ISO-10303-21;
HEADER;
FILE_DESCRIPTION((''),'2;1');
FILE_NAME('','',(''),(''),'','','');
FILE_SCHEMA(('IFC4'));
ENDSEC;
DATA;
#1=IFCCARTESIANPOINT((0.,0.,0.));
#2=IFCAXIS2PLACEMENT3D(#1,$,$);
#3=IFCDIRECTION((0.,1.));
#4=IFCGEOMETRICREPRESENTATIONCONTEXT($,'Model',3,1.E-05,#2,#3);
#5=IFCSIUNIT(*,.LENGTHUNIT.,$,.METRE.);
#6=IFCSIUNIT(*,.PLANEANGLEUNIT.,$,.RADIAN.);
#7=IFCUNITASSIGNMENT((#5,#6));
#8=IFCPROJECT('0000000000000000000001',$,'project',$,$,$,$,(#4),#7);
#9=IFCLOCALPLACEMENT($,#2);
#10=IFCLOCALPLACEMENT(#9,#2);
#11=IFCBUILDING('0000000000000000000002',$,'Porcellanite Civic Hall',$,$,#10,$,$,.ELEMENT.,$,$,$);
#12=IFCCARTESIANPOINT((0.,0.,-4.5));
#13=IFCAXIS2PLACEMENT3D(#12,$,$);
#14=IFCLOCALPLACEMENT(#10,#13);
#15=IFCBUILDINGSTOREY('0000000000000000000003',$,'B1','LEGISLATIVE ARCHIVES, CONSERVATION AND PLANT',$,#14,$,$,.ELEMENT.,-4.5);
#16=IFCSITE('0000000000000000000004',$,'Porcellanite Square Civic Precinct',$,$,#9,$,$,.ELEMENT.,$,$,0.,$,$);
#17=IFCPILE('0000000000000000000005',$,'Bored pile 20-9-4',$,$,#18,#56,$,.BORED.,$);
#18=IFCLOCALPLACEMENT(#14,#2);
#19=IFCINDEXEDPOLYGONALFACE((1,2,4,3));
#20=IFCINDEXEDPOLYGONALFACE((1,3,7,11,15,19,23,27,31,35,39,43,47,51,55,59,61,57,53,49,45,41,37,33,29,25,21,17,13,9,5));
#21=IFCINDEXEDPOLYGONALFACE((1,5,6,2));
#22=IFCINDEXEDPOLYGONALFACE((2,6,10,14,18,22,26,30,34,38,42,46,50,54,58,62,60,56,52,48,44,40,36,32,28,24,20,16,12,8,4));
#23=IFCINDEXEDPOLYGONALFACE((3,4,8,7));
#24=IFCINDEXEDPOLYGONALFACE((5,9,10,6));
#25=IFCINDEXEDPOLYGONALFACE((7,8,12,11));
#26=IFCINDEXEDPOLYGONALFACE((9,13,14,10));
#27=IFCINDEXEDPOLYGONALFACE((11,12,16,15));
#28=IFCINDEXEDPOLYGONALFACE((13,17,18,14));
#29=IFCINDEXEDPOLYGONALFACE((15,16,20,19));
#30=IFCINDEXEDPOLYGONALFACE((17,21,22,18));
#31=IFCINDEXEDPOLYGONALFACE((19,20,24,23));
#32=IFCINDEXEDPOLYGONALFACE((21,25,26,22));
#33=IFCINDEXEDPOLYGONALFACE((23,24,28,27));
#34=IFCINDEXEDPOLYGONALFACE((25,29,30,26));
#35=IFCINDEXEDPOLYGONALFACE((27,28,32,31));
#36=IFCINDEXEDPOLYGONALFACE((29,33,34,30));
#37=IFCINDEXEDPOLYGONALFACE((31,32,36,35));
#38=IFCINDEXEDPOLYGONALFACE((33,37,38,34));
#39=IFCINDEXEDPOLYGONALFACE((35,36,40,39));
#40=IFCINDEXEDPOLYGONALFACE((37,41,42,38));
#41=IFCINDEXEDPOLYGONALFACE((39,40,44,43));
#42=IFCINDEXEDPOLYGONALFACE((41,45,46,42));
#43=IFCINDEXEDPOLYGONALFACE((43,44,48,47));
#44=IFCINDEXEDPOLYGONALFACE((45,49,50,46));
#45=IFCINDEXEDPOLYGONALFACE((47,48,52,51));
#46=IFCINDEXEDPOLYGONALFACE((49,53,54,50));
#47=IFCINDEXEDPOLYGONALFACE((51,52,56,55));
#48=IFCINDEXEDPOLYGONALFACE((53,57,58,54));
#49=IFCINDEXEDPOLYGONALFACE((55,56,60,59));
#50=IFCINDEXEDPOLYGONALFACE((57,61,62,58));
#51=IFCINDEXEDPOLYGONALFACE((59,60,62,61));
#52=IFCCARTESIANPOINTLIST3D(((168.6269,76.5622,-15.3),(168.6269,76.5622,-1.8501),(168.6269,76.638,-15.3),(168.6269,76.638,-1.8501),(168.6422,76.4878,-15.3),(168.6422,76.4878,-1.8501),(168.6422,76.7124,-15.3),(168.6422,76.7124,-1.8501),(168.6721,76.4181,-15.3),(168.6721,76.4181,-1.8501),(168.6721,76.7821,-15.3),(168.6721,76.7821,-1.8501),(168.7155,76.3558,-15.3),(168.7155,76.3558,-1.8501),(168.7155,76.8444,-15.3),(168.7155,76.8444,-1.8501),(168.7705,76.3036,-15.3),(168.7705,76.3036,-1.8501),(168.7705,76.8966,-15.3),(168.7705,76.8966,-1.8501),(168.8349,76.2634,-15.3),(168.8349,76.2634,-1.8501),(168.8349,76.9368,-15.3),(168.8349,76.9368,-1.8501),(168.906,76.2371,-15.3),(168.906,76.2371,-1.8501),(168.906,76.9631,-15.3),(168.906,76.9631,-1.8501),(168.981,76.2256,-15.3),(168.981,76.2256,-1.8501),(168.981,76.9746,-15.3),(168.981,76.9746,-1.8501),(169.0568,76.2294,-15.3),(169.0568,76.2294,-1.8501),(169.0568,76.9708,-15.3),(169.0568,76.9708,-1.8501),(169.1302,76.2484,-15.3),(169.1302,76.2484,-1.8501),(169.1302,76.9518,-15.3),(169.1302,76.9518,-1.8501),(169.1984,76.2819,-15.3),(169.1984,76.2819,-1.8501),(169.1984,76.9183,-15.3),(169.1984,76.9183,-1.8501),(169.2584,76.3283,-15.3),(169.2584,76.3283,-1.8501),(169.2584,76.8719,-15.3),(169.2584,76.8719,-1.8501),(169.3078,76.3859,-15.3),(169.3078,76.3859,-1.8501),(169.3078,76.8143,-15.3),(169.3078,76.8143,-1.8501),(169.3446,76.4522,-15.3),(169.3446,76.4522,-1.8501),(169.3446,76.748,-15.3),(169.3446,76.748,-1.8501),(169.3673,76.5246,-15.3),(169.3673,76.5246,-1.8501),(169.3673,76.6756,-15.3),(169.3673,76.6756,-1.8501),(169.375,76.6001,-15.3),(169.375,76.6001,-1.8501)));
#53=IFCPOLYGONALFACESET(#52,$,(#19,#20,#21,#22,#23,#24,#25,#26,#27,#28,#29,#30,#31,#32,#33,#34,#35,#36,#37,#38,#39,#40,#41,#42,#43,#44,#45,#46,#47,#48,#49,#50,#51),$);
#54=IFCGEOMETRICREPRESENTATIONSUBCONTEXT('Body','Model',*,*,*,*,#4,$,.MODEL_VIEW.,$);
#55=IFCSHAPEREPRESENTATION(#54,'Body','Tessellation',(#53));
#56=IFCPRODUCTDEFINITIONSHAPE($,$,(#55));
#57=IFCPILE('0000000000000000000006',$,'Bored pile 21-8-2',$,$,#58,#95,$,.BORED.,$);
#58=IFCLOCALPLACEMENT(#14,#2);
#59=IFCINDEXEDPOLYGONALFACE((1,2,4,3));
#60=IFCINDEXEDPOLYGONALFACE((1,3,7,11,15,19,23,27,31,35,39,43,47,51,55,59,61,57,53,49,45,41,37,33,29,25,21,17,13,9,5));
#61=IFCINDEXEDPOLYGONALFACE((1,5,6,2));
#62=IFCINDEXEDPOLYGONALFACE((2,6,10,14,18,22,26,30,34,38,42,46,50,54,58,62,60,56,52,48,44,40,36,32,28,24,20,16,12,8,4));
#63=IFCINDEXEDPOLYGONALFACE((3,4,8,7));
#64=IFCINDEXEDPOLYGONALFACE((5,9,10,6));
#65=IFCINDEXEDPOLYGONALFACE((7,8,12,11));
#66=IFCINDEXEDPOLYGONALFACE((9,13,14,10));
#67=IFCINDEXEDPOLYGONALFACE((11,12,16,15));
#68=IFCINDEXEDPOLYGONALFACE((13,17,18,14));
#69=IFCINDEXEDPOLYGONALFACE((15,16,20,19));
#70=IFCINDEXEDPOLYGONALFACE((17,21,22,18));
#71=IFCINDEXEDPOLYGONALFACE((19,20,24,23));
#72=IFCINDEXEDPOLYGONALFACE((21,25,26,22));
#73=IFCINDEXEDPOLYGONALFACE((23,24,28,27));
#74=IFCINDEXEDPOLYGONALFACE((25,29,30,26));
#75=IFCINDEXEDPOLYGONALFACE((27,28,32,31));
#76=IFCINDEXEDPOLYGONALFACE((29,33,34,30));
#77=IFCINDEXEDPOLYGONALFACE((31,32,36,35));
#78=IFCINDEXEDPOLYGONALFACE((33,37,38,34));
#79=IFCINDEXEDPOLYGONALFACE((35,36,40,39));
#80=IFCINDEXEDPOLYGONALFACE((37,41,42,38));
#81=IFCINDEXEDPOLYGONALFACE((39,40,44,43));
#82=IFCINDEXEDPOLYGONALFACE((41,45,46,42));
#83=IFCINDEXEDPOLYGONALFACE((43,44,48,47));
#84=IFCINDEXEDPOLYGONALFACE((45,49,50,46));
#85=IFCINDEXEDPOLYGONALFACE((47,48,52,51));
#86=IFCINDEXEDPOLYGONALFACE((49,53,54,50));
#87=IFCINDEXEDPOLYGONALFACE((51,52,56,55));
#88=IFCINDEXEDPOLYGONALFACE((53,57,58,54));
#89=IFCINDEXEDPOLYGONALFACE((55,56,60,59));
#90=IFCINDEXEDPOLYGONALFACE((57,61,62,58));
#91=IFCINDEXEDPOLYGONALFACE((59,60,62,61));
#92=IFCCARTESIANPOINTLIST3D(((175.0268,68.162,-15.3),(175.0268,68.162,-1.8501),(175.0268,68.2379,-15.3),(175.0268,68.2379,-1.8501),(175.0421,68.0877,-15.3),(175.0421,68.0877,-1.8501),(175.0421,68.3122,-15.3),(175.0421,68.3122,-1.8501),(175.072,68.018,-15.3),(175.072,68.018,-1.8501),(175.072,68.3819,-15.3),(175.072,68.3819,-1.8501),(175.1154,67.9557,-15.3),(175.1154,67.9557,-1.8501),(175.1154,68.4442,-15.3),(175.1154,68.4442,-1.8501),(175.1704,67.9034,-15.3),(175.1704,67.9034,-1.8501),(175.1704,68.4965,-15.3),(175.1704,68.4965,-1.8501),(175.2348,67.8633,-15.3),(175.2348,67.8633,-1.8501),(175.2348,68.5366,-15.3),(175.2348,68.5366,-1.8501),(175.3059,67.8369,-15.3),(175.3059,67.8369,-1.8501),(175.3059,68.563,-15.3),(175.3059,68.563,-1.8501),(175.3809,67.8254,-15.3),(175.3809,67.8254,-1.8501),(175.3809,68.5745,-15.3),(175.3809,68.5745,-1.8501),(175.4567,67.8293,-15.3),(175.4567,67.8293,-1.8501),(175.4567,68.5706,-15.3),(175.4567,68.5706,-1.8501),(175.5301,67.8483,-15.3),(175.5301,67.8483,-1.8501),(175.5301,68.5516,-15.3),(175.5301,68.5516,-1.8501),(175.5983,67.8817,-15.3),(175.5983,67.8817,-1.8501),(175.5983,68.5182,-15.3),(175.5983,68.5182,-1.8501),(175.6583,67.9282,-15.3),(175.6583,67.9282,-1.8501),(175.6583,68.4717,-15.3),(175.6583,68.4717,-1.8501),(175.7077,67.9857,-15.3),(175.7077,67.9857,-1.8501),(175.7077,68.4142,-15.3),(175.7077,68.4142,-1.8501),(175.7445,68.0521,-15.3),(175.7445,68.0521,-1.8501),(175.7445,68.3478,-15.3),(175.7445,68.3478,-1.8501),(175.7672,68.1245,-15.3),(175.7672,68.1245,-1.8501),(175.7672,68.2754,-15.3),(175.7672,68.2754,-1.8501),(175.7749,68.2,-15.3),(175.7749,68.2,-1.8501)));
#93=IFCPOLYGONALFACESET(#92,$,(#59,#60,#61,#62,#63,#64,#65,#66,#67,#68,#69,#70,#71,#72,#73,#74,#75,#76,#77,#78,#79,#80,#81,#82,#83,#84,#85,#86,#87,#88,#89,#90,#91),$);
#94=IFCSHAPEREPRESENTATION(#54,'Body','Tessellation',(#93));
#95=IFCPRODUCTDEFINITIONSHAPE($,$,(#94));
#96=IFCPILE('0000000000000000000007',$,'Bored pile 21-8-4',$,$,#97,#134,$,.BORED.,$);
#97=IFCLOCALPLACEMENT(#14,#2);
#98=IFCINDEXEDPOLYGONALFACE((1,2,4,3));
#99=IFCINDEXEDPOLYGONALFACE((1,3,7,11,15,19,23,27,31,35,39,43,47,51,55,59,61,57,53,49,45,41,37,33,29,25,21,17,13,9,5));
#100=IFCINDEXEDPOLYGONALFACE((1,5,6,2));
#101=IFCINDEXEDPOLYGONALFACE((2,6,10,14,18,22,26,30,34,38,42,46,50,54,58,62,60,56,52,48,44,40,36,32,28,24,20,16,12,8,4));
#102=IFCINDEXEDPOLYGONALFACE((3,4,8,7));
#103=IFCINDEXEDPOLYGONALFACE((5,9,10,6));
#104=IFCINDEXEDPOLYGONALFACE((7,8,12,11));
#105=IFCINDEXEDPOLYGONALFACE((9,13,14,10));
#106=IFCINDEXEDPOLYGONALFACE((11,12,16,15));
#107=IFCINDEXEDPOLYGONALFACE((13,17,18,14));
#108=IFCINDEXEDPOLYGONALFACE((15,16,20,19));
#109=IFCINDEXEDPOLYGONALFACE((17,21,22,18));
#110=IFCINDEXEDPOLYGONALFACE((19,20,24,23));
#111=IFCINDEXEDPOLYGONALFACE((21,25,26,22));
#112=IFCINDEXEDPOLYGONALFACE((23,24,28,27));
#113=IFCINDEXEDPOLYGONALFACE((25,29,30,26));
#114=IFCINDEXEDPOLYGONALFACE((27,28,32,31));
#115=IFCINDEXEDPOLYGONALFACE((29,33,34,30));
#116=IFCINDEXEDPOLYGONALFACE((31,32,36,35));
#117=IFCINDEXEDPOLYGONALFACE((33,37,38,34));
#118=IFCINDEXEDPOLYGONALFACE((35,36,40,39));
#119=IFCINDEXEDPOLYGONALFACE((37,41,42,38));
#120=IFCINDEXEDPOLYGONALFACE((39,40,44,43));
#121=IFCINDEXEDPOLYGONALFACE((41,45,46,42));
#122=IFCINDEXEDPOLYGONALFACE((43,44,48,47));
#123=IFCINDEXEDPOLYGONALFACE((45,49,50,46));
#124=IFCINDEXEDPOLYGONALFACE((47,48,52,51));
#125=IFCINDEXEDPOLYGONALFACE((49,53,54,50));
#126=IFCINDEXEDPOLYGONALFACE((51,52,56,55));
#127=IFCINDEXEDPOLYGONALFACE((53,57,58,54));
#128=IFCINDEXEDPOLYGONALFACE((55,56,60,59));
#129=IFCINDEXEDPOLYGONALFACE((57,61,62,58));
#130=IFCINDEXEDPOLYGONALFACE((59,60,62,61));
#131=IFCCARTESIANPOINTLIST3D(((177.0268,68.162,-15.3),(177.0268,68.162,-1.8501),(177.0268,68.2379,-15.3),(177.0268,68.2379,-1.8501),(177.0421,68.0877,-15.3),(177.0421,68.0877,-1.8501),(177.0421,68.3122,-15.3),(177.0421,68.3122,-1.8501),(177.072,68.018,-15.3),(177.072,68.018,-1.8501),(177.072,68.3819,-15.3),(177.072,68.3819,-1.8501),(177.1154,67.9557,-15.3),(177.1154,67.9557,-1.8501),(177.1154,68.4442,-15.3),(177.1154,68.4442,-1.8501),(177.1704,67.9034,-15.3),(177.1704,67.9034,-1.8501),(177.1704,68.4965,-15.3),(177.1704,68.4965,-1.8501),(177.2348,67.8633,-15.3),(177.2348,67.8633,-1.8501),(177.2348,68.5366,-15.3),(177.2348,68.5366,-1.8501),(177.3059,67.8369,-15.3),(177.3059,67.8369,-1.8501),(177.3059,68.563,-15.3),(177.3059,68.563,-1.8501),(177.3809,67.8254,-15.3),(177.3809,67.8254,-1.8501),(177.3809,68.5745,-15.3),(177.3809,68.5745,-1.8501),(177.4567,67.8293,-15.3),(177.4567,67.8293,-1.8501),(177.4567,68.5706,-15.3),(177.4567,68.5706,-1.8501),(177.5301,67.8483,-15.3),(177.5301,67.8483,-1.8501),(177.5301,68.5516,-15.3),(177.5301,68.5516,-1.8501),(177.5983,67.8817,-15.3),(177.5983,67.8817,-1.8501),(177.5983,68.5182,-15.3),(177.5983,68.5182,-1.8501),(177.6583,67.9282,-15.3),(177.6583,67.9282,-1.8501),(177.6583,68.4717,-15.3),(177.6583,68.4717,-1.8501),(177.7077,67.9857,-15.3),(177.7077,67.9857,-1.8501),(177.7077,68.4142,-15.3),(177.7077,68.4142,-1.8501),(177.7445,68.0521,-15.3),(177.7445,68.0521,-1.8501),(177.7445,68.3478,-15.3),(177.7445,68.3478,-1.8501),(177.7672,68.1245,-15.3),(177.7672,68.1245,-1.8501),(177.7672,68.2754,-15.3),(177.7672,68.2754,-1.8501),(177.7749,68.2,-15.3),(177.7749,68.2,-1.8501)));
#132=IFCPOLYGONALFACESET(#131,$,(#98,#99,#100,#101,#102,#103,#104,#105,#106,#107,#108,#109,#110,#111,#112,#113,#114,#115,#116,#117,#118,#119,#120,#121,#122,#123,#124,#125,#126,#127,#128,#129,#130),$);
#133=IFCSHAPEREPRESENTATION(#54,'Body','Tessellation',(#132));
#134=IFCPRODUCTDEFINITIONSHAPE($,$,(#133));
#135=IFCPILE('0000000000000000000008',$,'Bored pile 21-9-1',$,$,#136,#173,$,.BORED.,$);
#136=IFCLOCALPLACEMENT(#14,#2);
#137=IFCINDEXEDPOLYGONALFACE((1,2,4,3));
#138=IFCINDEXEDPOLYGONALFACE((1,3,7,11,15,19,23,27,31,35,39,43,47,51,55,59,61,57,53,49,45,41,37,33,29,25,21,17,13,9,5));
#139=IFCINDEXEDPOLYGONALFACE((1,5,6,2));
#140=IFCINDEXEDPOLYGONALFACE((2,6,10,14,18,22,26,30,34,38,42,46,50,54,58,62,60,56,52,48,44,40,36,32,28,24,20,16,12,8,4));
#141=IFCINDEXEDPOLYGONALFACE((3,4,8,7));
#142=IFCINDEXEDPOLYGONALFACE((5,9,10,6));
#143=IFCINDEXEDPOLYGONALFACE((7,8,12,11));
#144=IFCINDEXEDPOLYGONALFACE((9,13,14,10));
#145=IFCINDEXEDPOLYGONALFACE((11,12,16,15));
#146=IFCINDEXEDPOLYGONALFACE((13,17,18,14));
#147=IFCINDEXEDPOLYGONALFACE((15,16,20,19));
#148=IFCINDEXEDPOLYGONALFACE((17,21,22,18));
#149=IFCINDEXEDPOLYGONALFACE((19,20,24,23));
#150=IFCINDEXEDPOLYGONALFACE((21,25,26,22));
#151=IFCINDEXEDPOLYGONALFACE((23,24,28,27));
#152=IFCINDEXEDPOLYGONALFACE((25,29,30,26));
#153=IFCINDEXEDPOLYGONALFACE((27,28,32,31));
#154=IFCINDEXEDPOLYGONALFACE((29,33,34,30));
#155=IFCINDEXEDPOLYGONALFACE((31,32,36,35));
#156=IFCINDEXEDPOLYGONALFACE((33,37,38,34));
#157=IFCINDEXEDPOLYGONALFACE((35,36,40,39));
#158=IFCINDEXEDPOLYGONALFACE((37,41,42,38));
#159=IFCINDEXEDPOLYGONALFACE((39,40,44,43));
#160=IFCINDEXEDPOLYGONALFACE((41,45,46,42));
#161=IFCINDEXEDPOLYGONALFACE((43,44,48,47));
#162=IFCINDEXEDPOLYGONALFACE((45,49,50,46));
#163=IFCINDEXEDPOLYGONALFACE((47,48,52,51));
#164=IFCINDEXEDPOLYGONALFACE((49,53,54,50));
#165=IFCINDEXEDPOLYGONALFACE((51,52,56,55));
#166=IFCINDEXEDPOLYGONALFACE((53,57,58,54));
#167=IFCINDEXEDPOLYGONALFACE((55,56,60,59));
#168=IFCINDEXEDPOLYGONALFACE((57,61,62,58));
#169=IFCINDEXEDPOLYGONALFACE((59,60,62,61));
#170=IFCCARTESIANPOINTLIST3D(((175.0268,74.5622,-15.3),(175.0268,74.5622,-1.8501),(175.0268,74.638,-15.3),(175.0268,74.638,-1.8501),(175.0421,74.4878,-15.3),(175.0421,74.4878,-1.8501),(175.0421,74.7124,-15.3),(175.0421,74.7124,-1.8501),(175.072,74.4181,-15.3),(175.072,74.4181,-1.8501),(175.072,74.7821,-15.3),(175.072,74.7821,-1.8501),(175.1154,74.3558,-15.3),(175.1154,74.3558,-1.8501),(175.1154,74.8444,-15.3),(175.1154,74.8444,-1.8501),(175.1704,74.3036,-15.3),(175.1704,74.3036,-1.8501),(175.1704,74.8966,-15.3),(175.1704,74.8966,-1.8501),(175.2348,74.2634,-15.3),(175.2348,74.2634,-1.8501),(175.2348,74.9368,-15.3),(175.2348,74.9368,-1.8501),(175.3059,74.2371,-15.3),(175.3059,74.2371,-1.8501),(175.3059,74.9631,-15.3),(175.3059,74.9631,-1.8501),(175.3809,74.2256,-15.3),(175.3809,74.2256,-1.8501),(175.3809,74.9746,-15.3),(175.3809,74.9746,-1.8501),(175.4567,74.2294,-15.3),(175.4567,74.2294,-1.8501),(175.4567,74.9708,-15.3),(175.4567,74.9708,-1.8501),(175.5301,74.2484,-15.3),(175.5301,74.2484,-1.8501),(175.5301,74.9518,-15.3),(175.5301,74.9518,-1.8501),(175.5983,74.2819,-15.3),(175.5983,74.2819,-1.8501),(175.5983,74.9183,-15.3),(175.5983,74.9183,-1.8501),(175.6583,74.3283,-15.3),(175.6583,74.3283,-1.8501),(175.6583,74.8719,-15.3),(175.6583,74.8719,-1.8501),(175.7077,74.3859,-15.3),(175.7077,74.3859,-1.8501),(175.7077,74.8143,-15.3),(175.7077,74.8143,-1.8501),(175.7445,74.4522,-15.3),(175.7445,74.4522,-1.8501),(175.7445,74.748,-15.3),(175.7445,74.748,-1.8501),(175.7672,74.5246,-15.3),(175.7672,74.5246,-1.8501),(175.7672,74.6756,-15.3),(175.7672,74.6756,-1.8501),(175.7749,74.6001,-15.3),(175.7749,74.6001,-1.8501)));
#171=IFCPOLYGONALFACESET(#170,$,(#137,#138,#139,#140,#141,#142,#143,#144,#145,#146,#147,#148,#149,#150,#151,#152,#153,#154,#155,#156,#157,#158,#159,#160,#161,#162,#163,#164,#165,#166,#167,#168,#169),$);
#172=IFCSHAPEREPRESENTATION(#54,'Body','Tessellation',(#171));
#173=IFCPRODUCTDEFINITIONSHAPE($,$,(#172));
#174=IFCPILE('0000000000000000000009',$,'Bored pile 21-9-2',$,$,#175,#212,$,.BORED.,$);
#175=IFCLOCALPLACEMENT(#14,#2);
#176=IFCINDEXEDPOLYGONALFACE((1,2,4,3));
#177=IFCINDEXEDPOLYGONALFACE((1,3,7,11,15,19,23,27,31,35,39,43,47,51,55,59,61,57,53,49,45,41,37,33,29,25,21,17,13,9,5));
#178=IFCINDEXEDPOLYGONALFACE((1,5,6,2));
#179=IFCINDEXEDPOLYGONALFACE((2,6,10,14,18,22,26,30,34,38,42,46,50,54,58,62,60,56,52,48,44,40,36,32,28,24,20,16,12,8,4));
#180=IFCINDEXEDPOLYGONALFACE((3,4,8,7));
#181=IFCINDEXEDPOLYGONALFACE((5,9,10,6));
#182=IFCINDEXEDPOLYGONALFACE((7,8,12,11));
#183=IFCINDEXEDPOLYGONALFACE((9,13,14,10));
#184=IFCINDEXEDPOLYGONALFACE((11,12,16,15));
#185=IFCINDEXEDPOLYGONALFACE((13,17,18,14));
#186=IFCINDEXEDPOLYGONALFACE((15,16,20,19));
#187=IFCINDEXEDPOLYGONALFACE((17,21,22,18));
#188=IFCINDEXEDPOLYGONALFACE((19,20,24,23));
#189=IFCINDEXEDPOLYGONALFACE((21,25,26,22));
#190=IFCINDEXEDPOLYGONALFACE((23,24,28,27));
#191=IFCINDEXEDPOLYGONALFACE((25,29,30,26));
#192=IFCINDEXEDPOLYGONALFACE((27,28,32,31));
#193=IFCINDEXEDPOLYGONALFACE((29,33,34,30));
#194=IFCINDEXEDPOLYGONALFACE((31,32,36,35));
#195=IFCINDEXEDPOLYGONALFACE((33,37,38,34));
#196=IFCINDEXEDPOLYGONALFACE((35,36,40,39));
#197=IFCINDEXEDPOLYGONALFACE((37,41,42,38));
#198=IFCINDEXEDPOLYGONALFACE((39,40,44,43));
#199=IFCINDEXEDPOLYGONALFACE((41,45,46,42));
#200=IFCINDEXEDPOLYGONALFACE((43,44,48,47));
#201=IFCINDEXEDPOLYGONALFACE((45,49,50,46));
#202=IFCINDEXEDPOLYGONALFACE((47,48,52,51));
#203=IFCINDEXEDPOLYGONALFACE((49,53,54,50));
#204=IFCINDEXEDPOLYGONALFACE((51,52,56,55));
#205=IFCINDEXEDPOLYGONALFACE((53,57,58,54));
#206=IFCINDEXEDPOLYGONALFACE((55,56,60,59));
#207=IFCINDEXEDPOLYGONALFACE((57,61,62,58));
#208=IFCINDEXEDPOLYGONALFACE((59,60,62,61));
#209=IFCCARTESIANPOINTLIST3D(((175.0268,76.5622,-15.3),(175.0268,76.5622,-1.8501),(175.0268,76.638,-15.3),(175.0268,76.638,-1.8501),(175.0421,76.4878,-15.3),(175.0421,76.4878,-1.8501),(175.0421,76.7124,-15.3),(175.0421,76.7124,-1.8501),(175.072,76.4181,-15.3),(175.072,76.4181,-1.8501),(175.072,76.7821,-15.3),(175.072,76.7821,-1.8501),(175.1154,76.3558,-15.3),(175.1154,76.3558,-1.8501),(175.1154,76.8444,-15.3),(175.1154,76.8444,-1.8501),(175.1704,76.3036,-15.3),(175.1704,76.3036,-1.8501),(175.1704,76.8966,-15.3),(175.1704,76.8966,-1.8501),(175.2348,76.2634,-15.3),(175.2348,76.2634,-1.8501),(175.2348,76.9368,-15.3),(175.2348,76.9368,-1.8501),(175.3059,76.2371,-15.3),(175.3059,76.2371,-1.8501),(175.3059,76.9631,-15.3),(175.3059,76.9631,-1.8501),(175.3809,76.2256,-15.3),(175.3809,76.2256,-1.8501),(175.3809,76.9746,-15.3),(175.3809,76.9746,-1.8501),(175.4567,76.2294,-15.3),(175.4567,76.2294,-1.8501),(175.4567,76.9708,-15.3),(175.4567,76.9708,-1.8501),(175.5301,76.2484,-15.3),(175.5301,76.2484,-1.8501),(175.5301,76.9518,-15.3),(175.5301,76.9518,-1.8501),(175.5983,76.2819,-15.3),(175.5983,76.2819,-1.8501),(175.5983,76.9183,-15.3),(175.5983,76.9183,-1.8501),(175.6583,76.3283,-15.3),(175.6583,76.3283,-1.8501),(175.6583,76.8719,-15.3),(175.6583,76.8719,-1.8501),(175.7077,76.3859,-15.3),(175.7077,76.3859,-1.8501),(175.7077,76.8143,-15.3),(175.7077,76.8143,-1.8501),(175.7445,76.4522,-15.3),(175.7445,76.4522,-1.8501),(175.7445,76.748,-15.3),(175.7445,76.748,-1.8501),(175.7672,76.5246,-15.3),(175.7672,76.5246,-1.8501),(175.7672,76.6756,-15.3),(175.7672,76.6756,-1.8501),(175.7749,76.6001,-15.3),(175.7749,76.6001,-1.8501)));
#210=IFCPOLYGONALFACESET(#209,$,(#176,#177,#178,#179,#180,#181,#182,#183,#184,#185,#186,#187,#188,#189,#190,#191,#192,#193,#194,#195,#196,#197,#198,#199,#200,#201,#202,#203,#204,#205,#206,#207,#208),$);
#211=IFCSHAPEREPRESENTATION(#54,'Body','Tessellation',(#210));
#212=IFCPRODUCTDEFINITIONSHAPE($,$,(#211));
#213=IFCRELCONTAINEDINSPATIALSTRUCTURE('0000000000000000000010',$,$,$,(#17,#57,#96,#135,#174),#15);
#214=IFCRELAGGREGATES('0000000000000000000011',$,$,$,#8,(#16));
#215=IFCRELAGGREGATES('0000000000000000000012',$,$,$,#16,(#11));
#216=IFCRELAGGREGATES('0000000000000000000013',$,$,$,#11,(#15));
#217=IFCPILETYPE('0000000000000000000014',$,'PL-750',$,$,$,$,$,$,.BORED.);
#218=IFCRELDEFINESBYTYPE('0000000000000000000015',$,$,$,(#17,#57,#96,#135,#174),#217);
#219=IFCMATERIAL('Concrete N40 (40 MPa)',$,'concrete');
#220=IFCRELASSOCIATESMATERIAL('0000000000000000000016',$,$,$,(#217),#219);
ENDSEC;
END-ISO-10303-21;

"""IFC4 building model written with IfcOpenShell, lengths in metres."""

from ifc_helpers import new_model, si_unit, direction, frame, origin, origin_2d, place, context, subcontext, project, spatial, circle, extrude, material, material_profile, profile_set, type_object, element, save


model = new_model("IFC4")

# Units and contexts
model_context = context("Model", 3, precision=1e-05, world=origin(), true_north=direction((0.0, 1.0)))
body_context = subcontext(model_context, "Body", "Model", "MODEL_VIEW")
ifc_project = project(units=[si_unit("LENGTHUNIT", "METRE"), si_unit("PLANEANGLEUNIT", "RADIAN")], contexts=[model_context])

# Site, building, storey
site_placement = place(None, origin())
site = spatial("IfcSite", under=ifc_project, at=site_placement, Name="Porcellanite Square Civic Precinct", CompositionType="ELEMENT", RefElevation=0.0)
building_placement = place(site_placement, origin())
building = spatial("IfcBuilding", under=site, at=building_placement, Name="Porcellanite Civic Hall", CompositionType="ELEMENT")
storey_placement = place(building_placement, frame((0.0, 0.0, -4.5)))
storey = spatial("IfcBuildingStorey", under=building, at=storey_placement, Name="B1", Description="LEGISLATIVE ARCHIVES, CONSERVATION AND PLANT", CompositionType="ELEMENT", Elevation=-4.5)

# Piles
ifc_material_1 = material(Name="Concrete N40 (40 MPa)", Category="concrete")
ifc_material_profile_1 = material_profile(ifc_material_1, circle(Radius=0.375, at=origin_2d()), Name="PILE-D750")
ifc_profile_set_1 = profile_set([ifc_material_profile_1], Name="Concrete N40 (40 MPa)")
pile_type_1 = type_object("IfcPileType", Name="PL-750", PredefinedType="BORED", material=ifc_profile_set_1)
for number, where, z_axis, x_axis, name in (
    (1, (169.0, 76.6001, -1.8501), (0.0, 0.0, -1.0), (1.0, 0.0, 0.0), "Bored pile 20-9-4"),
    (2, (175.3999, 68.2, -1.8501), (0.0, 0.0, -1.0), (1.0, 0.0, 0.0), "Bored pile 21-8-2"),
    (3, (177.3999, 68.2, -1.8501), (0.0, 0.0, -1.0), (1.0, 0.0, 0.0), "Bored pile 21-8-4"),
    (4, (175.3999, 74.6001, -1.8501), (0.0, 0.0, -1.0), (1.0, 0.0, 0.0), "Bored pile 21-9-1"),
    (5, (175.3999, 76.6001, -1.8501), (0.0, 0.0, -1.0), (1.0, 0.0, 0.0), "Bored pile 21-9-2"),
):
    element("IfcPile", number, at=place(storey_placement, frame(where, z_axis=z_axis, x_axis=x_axis)), inside=storey, type_object=pile_type_1, Name=name, PredefinedType="BORED", context=body_context, shape_type="SweptSolid", body=[
        extrude(circle(Radius=0.375, at=origin_2d()), origin(), (0.0, 0.0, 1.0), 13.45),
    ])

save(model, "model.ifc")
